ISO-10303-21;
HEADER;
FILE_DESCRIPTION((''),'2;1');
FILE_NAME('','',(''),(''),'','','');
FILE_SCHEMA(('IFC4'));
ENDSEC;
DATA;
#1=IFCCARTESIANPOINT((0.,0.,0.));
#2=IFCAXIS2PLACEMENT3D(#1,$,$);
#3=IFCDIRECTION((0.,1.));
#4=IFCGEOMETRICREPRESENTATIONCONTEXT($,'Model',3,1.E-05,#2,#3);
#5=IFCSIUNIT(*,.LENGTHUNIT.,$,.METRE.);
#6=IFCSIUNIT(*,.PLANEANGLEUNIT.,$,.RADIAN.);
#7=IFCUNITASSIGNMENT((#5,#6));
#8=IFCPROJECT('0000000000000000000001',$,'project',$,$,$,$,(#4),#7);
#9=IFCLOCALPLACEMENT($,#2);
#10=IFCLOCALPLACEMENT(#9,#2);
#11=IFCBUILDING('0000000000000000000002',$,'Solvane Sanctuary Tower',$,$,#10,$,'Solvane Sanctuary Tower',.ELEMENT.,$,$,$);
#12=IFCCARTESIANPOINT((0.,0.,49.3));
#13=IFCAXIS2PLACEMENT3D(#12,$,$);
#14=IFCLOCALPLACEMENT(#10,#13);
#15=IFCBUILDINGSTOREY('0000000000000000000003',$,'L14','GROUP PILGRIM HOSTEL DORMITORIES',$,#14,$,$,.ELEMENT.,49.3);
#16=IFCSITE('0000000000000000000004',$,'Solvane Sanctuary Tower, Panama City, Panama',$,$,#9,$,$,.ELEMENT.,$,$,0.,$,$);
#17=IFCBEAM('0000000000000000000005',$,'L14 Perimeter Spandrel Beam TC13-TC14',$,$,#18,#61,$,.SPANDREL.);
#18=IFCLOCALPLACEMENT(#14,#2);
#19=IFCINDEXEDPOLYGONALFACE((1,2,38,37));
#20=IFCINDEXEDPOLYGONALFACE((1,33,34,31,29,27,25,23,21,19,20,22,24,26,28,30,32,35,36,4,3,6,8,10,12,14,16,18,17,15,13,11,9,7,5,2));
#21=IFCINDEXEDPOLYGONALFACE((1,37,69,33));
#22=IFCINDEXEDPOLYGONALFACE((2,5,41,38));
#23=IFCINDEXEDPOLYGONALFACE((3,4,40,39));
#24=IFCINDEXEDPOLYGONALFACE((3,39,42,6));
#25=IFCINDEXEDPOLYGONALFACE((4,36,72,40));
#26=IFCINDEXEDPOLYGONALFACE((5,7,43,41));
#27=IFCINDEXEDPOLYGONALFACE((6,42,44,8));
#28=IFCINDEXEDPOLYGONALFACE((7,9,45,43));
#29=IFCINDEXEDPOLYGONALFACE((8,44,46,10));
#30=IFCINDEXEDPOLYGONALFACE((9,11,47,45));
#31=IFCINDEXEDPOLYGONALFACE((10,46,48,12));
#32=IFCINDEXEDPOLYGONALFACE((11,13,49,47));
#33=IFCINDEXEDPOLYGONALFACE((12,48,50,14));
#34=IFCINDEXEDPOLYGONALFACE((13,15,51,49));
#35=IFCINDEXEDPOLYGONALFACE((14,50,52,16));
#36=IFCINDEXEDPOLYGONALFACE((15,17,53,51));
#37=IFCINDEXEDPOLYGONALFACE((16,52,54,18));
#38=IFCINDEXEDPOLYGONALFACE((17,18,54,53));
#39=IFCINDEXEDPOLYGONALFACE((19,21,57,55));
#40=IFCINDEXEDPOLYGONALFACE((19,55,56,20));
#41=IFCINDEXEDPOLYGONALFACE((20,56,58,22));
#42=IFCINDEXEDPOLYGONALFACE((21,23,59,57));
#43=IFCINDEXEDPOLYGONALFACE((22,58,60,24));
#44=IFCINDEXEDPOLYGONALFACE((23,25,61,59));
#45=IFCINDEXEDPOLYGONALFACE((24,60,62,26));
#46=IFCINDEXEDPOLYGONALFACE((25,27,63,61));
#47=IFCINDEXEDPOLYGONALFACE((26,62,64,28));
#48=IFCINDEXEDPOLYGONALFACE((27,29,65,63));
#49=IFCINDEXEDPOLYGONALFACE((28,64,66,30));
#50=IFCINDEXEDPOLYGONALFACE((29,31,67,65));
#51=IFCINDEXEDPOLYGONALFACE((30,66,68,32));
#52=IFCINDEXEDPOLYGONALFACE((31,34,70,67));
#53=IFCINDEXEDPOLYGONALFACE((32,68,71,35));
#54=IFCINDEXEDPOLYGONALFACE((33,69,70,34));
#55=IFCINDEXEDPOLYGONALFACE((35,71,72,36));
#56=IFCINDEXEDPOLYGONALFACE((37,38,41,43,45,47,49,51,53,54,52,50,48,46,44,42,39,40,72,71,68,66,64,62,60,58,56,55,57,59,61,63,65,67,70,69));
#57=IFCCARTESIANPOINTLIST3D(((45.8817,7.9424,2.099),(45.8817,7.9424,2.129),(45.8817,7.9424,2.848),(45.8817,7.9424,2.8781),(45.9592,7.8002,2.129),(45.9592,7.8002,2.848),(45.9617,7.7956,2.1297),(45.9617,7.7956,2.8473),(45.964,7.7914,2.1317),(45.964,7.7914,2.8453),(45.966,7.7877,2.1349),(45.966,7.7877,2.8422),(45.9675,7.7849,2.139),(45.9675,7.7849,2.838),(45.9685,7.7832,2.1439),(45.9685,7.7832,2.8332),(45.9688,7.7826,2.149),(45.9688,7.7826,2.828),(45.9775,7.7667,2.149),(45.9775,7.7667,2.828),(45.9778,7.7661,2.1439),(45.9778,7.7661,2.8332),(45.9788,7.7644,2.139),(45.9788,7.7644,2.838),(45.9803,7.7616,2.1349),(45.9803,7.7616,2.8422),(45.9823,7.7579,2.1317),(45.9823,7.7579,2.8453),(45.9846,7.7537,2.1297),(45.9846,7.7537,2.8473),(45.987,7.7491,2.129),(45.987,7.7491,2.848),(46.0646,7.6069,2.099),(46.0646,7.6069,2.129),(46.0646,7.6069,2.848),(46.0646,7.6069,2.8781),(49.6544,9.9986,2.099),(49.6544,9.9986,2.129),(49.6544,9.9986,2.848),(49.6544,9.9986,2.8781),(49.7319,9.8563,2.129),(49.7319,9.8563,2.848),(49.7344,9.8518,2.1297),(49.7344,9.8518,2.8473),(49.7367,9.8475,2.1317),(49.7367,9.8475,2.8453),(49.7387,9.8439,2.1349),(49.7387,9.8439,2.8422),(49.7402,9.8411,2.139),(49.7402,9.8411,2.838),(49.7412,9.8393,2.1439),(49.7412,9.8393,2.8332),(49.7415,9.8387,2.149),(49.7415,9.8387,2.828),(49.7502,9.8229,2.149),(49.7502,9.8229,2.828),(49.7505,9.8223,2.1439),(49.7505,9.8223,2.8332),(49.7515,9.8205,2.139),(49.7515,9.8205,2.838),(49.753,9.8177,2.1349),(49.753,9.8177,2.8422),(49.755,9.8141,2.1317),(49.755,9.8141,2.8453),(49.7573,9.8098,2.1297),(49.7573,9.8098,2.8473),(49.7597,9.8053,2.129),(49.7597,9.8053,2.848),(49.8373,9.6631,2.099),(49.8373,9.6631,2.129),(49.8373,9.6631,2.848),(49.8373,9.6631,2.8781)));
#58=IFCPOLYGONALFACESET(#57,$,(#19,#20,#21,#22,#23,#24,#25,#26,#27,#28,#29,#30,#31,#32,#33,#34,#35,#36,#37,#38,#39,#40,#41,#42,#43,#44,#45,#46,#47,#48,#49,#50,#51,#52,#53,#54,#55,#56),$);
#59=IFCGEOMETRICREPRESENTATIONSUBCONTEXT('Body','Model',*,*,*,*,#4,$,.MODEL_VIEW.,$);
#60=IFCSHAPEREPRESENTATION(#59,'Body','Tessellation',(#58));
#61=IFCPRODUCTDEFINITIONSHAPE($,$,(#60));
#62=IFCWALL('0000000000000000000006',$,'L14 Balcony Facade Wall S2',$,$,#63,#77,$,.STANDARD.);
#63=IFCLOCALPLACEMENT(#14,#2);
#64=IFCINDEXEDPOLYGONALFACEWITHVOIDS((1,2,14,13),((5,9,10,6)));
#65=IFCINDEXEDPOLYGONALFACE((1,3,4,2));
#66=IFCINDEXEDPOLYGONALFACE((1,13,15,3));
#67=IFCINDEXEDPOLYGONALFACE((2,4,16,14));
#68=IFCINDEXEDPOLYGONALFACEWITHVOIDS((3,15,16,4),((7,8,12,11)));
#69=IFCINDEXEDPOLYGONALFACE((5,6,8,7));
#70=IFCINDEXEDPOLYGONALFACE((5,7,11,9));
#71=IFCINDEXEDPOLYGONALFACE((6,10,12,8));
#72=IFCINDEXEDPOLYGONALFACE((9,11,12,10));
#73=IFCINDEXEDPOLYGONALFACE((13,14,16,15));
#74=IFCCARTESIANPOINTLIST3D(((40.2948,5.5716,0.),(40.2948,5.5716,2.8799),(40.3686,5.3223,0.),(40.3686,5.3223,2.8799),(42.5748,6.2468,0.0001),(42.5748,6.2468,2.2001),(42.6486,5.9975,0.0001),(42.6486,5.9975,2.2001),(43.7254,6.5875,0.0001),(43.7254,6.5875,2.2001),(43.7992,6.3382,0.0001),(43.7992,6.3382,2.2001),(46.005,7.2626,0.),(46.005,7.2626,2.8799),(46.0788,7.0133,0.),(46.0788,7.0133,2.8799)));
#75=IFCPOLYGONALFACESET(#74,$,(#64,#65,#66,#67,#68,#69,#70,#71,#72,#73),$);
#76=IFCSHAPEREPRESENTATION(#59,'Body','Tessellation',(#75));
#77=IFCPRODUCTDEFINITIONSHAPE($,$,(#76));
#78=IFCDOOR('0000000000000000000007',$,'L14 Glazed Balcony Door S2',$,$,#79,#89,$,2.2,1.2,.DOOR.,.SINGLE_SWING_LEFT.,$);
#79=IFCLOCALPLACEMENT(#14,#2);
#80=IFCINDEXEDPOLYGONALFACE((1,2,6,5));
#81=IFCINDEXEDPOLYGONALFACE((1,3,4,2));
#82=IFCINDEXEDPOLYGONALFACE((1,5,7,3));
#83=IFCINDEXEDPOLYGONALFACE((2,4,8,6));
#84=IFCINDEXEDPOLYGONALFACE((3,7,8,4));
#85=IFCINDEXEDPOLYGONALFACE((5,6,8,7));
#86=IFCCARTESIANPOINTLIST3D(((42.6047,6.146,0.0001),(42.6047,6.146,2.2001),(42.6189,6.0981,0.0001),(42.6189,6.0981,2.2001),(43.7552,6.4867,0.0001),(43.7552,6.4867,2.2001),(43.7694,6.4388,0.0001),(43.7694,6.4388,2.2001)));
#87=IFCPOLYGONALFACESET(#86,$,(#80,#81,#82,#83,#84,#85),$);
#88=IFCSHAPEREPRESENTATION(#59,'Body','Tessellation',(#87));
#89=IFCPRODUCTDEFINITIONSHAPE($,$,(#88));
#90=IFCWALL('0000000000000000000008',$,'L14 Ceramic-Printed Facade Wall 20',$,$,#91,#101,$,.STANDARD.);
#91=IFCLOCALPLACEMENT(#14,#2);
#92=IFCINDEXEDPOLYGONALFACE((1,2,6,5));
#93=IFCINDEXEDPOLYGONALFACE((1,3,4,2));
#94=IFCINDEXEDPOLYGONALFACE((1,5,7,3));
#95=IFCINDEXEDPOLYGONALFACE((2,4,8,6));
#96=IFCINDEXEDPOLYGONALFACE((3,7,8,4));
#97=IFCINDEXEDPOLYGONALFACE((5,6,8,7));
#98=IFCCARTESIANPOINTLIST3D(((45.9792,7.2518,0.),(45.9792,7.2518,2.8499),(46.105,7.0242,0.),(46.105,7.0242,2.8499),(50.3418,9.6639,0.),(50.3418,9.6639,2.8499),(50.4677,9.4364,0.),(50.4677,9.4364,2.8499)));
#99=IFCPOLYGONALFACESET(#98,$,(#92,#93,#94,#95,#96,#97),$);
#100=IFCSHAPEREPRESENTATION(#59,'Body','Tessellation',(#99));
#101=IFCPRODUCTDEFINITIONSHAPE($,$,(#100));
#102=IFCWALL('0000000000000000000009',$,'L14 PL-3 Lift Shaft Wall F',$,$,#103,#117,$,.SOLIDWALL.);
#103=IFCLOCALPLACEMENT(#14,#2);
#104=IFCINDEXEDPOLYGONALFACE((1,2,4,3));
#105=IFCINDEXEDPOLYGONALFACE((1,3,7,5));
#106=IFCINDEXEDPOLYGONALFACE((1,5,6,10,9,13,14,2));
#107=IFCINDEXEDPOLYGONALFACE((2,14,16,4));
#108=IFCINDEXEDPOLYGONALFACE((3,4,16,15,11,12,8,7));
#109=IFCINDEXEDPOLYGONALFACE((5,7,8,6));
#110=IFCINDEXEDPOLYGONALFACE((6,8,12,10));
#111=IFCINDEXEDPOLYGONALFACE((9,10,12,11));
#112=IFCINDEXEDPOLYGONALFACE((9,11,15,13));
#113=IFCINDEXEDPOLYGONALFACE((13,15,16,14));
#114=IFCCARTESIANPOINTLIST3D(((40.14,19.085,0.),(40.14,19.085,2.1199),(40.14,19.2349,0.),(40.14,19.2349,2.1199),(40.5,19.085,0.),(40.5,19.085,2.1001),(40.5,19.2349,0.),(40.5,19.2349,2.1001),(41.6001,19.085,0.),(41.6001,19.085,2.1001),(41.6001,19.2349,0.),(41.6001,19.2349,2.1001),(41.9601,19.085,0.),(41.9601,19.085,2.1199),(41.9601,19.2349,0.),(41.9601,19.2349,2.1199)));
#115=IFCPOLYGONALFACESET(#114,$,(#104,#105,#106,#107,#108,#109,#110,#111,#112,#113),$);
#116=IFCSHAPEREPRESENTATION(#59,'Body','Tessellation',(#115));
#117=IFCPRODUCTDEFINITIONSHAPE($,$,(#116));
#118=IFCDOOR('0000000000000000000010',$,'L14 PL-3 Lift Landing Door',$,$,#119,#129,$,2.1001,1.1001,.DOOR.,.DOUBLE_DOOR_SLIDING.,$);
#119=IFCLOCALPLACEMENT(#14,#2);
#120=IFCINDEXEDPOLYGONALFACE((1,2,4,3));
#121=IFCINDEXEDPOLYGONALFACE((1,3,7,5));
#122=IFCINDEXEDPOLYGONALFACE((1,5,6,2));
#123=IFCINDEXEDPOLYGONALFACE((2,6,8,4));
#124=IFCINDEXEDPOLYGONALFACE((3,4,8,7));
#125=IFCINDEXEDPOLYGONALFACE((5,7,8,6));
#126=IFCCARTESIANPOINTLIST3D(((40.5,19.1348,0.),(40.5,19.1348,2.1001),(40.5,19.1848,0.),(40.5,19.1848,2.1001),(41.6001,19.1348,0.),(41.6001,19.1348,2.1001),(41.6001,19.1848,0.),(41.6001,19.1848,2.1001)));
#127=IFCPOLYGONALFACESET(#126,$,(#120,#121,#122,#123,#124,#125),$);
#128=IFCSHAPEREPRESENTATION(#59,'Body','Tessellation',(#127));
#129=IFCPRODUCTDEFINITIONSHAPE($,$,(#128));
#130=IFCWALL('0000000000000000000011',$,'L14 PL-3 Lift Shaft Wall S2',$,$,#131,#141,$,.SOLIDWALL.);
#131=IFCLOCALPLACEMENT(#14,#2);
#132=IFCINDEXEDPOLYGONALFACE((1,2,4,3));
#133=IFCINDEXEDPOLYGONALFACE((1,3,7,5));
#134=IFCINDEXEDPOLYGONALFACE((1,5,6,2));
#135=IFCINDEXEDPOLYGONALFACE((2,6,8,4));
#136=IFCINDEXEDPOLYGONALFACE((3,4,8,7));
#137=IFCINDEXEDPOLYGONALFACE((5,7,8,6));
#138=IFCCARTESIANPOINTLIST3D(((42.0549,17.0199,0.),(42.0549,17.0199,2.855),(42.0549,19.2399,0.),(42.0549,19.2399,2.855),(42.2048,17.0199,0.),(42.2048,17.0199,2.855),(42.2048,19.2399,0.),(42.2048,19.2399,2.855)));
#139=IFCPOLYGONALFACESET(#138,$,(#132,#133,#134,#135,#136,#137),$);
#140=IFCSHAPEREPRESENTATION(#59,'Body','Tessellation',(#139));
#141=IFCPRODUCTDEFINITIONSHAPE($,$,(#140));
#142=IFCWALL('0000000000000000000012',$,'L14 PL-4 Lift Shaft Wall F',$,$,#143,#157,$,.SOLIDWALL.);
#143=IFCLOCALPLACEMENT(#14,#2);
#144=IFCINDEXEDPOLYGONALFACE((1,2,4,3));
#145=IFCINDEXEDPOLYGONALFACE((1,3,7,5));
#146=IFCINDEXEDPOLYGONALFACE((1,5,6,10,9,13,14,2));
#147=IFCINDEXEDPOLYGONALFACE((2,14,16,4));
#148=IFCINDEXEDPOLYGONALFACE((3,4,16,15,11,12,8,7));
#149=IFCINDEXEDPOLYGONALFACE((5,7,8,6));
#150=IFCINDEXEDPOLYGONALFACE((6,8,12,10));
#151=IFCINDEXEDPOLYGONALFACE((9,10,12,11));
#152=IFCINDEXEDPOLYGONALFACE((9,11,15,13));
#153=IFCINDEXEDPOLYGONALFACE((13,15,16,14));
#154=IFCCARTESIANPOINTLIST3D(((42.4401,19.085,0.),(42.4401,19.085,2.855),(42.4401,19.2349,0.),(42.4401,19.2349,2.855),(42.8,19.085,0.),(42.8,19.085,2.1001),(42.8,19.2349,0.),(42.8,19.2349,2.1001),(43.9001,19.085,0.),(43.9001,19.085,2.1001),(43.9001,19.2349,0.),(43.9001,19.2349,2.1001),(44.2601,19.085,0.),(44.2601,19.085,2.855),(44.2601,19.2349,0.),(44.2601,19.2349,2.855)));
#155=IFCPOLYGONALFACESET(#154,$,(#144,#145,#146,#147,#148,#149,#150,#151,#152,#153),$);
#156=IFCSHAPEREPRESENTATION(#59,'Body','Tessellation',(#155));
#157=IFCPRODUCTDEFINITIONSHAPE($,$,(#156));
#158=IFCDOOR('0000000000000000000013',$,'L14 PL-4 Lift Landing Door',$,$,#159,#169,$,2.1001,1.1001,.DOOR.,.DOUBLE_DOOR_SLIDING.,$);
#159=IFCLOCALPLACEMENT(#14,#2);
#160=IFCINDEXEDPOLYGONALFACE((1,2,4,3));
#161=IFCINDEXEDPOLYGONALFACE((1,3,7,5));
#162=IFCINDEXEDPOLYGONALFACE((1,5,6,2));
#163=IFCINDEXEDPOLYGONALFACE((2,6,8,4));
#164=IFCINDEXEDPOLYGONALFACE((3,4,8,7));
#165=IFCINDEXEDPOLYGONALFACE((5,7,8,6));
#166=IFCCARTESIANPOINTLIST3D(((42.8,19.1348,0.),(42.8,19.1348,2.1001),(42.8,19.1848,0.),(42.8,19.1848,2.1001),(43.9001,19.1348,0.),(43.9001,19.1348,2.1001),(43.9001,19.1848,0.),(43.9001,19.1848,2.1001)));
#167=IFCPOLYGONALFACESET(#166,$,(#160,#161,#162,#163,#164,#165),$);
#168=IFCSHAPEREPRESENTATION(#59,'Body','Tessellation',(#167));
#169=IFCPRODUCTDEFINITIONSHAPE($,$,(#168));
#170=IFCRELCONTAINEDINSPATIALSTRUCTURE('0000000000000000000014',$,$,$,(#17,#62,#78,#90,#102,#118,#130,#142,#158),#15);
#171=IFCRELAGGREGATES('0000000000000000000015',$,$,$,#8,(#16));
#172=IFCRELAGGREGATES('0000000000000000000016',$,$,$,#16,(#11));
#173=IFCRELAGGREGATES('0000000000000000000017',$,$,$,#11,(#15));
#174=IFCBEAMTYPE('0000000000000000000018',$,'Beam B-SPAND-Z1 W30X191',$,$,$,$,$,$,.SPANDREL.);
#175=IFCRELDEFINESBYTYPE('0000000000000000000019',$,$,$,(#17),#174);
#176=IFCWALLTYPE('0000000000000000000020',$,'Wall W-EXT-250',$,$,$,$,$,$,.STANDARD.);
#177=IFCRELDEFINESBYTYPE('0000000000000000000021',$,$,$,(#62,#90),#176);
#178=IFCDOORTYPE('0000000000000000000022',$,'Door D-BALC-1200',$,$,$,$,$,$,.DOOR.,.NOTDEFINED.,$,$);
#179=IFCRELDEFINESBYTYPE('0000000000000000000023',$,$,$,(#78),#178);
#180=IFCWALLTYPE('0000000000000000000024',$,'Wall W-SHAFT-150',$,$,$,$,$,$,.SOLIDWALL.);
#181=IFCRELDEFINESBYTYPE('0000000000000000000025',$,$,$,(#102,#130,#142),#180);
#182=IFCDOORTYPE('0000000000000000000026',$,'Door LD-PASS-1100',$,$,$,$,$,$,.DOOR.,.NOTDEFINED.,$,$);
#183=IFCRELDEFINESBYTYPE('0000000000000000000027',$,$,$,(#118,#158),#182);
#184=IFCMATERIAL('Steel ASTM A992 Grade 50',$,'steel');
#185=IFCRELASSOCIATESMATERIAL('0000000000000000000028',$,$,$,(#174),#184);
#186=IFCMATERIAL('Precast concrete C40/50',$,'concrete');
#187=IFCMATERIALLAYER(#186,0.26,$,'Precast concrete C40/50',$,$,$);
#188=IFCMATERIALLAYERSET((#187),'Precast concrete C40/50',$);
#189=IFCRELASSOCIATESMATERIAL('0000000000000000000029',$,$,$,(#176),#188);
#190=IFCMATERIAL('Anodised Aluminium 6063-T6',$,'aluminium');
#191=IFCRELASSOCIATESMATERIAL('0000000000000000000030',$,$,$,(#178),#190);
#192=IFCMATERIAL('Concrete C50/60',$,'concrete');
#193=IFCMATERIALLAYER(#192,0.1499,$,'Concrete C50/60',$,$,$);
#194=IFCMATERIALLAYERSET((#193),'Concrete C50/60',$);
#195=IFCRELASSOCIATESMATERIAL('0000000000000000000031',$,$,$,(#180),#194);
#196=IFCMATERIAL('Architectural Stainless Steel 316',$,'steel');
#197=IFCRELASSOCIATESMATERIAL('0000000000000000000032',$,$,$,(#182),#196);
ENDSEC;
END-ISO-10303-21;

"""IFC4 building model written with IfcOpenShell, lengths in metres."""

from ifc_helpers import new_model, si_unit, direction, frame, frame_2d, origin, origin_2d, place, context, subcontext, project, spatial, rectangle, i_section, extrude, material, layer, layer_set, material_profile, profile_set, type_object, element, fill, save


model = new_model("IFC4")

# Units and contexts
model_context = context("Model", 3, precision=1e-05, world=origin(), true_north=direction((0.0, 1.0)))
body_context = subcontext(model_context, "Body", "Model", "MODEL_VIEW")
ifc_project = project(units=[si_unit("LENGTHUNIT", "METRE"), si_unit("PLANEANGLEUNIT", "RADIAN")], contexts=[model_context])

# Site, building, storey
site_placement = place(None, origin())
site = spatial("IfcSite", under=ifc_project, at=site_placement, Name="Solvane Sanctuary Tower, Panama City, Panama", CompositionType="ELEMENT", RefElevation=0.0)
building_placement = place(site_placement, origin())
building = spatial("IfcBuilding", under=site, at=building_placement, Name="Solvane Sanctuary Tower", LongName="Solvane Sanctuary Tower", CompositionType="ELEMENT")
storey_placement = place(building_placement, frame((0.0, 0.0, 49.3)))
storey = spatial("IfcBuildingStorey", under=building, at=storey_placement, Name="L14", Description="GROUP PILGRIM HOSTEL DORMITORIES", CompositionType="ELEMENT", Elevation=49.3)

# Beam
ifc_material_1 = material(Name="Steel ASTM A992 Grade 50", Category="steel")
ifc_material_profile_1 = material_profile(ifc_material_1, i_section(OverallWidth=0.3821, OverallDepth=0.7791, WebThickness=0.0181, FlangeThickness=0.03, FilletRadius=0.02, at=origin_2d()), Name="W30X191")
ifc_profile_set_1 = profile_set([ifc_material_profile_1], Name="Steel ASTM A992 Grade 50")
beam_type_1 = type_object("IfcBeamType", Name="Beam B-SPAND-Z1 W30X191", PredefinedType="SPANDREL", material=ifc_profile_set_1)
beam_1_placement = place(storey_placement, frame((45.9731, 7.7747, 2.4885), z_axis=(0.878061, 0.47855, 0.0), x_axis=(-0.47855, 0.878061, 0.0)))
element("IfcBeam", 1, at=beam_1_placement, inside=storey, type_object=beam_type_1, Name="L14 Perimeter Spandrel Beam TC13-TC14", PredefinedType="SPANDREL", context=body_context, shape_type="SweptSolid", body=[
    extrude(i_section(OverallWidth=0.3821, OverallDepth=0.7791, WebThickness=0.0181, FlangeThickness=0.03, FilletRadius=0.02, at=origin_2d()), origin(), (0.0, 0.0, 1.0), 4.2966),
])

# Wall, opening, door
ifc_material_2 = material(Name="Precast concrete C40/50", Category="concrete")
ifc_layer_1 = layer(ifc_material_2, 0.26, Name="Precast concrete C40/50")
ifc_layer_set_1 = layer_set([ifc_layer_1], Name="Precast concrete C40/50")
wall_type_1 = type_object("IfcWallType", Name="Wall W-EXT-250", PredefinedType="STANDARD", material=ifc_layer_set_1)
wall_1_placement = place(storey_placement, frame((40.3318, 5.447, 0.0), z_axis=(0.0, 0.0, 1.0), x_axis=(0.958844, 0.283935, 0.0)))
wall_1 = element("IfcWall", 2, at=wall_1_placement, inside=storey, type_object=wall_type_1, Name="L14 Balcony Facade Wall S2", PredefinedType="STANDARD", context=body_context, shape_type="SweptSolid", body=[
    extrude(rectangle(XDim=5.9553, YDim=0.26, at=frame_2d((2.9775, 0.0))), origin(), (0.0, 0.0, 1.0), 2.8799),
])
opening_1_placement = place(wall_1_placement, frame((2.3777, 0.0, 0.0)))
opening_1 = element("IfcOpeningElement", 3, at=opening_1_placement, cuts=wall_1, PredefinedType="OPENING", context=body_context, shape_type="SweptSolid", body=[
    extrude(rectangle(XDim=1.2, YDim=2.2, at=frame_2d((0.6001, 1.1001))), frame((0.0, 0.1399, 0.0), z_axis=(0.0, -1.0, 0.0), x_axis=(1.0, 0.0, 0.0)), (0.0, 0.0, 1.0), 0.28),
])
ifc_material_3 = material(Name="Anodised Aluminium 6063-T6", Category="aluminium")
door_type_1 = type_object("IfcDoorType", Name="Door D-BALC-1200", OperationType="NOTDEFINED", PredefinedType="DOOR", material=ifc_material_3)
door_1_placement = place(opening_1_placement, origin())
door_1 = element("IfcDoor", 4, at=door_1_placement, inside=storey, type_object=door_type_1, Name="L14 Glazed Balcony Door S2", OperationType="SINGLE_SWING_LEFT", OverallHeight=2.2, OverallWidth=1.2, PredefinedType="DOOR", context=body_context, shape_type="SweptSolid", body=[
    extrude(rectangle(XDim=1.2, YDim=2.2, at=frame_2d((0.6001, 1.1001))), frame((0.0, 0.0249, 0.0), z_axis=(0.0, -1.0, 0.0), x_axis=(1.0, 0.0, 0.0)), (0.0, 0.0, 1.0), 0.05),
])
fill(opening_1, door_1)

# Wall
wall_2_placement = place(storey_placement, frame((46.042, 7.1379, 0.0), z_axis=(0.0, 0.0, 1.0), x_axis=(0.875137, 0.483875, 0.0)))
element("IfcWall", 5, at=wall_2_placement, inside=storey, type_object=wall_type_1, Name="L14 Ceramic-Printed Facade Wall 20", PredefinedType="STANDARD", context=body_context, shape_type="SweptSolid", body=[
    extrude(rectangle(XDim=4.9851, YDim=0.26, at=frame_2d((2.4927, 0.0))), origin(), (0.0, 0.0, 1.0), 2.8499),
])

# Wall, opening, door
ifc_material_4 = material(Name="Concrete C50/60", Category="concrete")
ifc_layer_2 = layer(ifc_material_4, 0.1499, Name="Concrete C50/60")
ifc_layer_set_2 = layer_set([ifc_layer_2], Name="Concrete C50/60")
wall_type_2 = type_object("IfcWallType", Name="Wall W-SHAFT-150", PredefinedType="SOLIDWALL", material=ifc_layer_set_2)
wall_3_placement = place(storey_placement, frame((40.1399, 19.1599, 0.0), z_axis=(0.0, 0.0, 1.0), x_axis=(1.0, 0.0, 0.0)))
wall_3 = element("IfcWall", 6, at=wall_3_placement, inside=storey, type_object=wall_type_2, Name="L14 PL-3 Lift Shaft Wall F", PredefinedType="SOLIDWALL", context=body_context, shape_type="SweptSolid", body=[
    extrude(rectangle(XDim=1.8201, YDim=0.1499, at=frame_2d((0.9102, 0.0))), origin(), (0.0, 0.0, 1.0), 2.1199),
])
opening_2_placement = place(wall_3_placement, frame((0.3601, 0.0, 0.0)))
opening_2 = element("IfcOpeningElement", 7, at=opening_2_placement, cuts=wall_3, PredefinedType="OPENING", context=body_context, shape_type="SweptSolid", body=[
    extrude(rectangle(XDim=1.1001, YDim=2.1001, at=frame_2d((0.55, 1.05))), frame((0.0, 0.085, 0.0), z_axis=(0.0, -1.0, 0.0), x_axis=(1.0, 0.0, 0.0)), (0.0, 0.0, 1.0), 0.1699),
])
ifc_material_5 = material(Name="Architectural Stainless Steel 316", Category="steel")
door_type_2 = type_object("IfcDoorType", Name="Door LD-PASS-1100", OperationType="NOTDEFINED", PredefinedType="DOOR", material=ifc_material_5)
door_2_placement = place(opening_2_placement, origin())
door_2 = element("IfcDoor", 8, at=door_2_placement, inside=storey, type_object=door_type_2, Name="L14 PL-3 Lift Landing Door", OperationType="DOUBLE_DOOR_SLIDING", OverallHeight=2.1001, OverallWidth=1.1001, PredefinedType="DOOR", context=body_context, shape_type="SweptSolid", body=[
    extrude(rectangle(XDim=1.1001, YDim=2.1001, at=frame_2d((0.55, 1.05))), frame((0.0, 0.0249, 0.0), z_axis=(0.0, -1.0, 0.0), x_axis=(1.0, 0.0, 0.0)), (0.0, 0.0, 1.0), 0.05),
])
fill(opening_2, door_2)

# Wall
wall_4_placement = place(storey_placement, frame((42.1299, 17.02, 0.0), z_axis=(0.0, 0.0, 1.0), x_axis=(0.0, 1.0, 0.0)))
element("IfcWall", 9, at=wall_4_placement, inside=storey, type_object=wall_type_2, Name="L14 PL-3 Lift Shaft Wall S2", PredefinedType="SOLIDWALL", context=body_context, shape_type="SweptSolid", body=[
    extrude(rectangle(XDim=2.22, YDim=0.1499, at=frame_2d((1.1099, 0.0))), origin(), (0.0, 0.0, 1.0), 2.855),
])

# Wall, opening, door
wall_5_placement = place(storey_placement, frame((42.4399, 19.1599, 0.0), z_axis=(0.0, 0.0, 1.0), x_axis=(1.0, 0.0, 0.0)))
wall_5 = element("IfcWall", 10, at=wall_5_placement, inside=storey, type_object=wall_type_2, Name="L14 PL-4 Lift Shaft Wall F", PredefinedType="SOLIDWALL", context=body_context, shape_type="SweptSolid", body=[
    extrude(rectangle(XDim=1.8201, YDim=0.1499, at=frame_2d((0.9102, 0.0))), origin(), (0.0, 0.0, 1.0), 2.855),
])
opening_3_placement = place(wall_5_placement, frame((0.3601, 0.0, 0.0)))
opening_3 = element("IfcOpeningElement", 11, at=opening_3_placement, cuts=wall_5, PredefinedType="OPENING", context=body_context, shape_type="SweptSolid", body=[
    extrude(rectangle(XDim=1.1001, YDim=2.1001, at=frame_2d((0.55, 1.05))), frame((0.0, 0.085, 0.0), z_axis=(0.0, -1.0, 0.0), x_axis=(1.0, 0.0, 0.0)), (0.0, 0.0, 1.0), 0.1699),
])
door_3_placement = place(opening_3_placement, origin())
door_3 = element("IfcDoor", 12, at=door_3_placement, inside=storey, type_object=door_type_2, Name="L14 PL-4 Lift Landing Door", OperationType="DOUBLE_DOOR_SLIDING", OverallHeight=2.1001, OverallWidth=1.1001, PredefinedType="DOOR", context=body_context, shape_type="SweptSolid", body=[
    extrude(rectangle(XDim=1.1001, YDim=2.1001, at=frame_2d((0.55, 1.05))), frame((0.0, 0.0249, 0.0), z_axis=(0.0, -1.0, 0.0), x_axis=(1.0, 0.0, 0.0)), (0.0, 0.0, 1.0), 0.05),
])
fill(opening_3, door_3)

save(model, "model.ifc")
